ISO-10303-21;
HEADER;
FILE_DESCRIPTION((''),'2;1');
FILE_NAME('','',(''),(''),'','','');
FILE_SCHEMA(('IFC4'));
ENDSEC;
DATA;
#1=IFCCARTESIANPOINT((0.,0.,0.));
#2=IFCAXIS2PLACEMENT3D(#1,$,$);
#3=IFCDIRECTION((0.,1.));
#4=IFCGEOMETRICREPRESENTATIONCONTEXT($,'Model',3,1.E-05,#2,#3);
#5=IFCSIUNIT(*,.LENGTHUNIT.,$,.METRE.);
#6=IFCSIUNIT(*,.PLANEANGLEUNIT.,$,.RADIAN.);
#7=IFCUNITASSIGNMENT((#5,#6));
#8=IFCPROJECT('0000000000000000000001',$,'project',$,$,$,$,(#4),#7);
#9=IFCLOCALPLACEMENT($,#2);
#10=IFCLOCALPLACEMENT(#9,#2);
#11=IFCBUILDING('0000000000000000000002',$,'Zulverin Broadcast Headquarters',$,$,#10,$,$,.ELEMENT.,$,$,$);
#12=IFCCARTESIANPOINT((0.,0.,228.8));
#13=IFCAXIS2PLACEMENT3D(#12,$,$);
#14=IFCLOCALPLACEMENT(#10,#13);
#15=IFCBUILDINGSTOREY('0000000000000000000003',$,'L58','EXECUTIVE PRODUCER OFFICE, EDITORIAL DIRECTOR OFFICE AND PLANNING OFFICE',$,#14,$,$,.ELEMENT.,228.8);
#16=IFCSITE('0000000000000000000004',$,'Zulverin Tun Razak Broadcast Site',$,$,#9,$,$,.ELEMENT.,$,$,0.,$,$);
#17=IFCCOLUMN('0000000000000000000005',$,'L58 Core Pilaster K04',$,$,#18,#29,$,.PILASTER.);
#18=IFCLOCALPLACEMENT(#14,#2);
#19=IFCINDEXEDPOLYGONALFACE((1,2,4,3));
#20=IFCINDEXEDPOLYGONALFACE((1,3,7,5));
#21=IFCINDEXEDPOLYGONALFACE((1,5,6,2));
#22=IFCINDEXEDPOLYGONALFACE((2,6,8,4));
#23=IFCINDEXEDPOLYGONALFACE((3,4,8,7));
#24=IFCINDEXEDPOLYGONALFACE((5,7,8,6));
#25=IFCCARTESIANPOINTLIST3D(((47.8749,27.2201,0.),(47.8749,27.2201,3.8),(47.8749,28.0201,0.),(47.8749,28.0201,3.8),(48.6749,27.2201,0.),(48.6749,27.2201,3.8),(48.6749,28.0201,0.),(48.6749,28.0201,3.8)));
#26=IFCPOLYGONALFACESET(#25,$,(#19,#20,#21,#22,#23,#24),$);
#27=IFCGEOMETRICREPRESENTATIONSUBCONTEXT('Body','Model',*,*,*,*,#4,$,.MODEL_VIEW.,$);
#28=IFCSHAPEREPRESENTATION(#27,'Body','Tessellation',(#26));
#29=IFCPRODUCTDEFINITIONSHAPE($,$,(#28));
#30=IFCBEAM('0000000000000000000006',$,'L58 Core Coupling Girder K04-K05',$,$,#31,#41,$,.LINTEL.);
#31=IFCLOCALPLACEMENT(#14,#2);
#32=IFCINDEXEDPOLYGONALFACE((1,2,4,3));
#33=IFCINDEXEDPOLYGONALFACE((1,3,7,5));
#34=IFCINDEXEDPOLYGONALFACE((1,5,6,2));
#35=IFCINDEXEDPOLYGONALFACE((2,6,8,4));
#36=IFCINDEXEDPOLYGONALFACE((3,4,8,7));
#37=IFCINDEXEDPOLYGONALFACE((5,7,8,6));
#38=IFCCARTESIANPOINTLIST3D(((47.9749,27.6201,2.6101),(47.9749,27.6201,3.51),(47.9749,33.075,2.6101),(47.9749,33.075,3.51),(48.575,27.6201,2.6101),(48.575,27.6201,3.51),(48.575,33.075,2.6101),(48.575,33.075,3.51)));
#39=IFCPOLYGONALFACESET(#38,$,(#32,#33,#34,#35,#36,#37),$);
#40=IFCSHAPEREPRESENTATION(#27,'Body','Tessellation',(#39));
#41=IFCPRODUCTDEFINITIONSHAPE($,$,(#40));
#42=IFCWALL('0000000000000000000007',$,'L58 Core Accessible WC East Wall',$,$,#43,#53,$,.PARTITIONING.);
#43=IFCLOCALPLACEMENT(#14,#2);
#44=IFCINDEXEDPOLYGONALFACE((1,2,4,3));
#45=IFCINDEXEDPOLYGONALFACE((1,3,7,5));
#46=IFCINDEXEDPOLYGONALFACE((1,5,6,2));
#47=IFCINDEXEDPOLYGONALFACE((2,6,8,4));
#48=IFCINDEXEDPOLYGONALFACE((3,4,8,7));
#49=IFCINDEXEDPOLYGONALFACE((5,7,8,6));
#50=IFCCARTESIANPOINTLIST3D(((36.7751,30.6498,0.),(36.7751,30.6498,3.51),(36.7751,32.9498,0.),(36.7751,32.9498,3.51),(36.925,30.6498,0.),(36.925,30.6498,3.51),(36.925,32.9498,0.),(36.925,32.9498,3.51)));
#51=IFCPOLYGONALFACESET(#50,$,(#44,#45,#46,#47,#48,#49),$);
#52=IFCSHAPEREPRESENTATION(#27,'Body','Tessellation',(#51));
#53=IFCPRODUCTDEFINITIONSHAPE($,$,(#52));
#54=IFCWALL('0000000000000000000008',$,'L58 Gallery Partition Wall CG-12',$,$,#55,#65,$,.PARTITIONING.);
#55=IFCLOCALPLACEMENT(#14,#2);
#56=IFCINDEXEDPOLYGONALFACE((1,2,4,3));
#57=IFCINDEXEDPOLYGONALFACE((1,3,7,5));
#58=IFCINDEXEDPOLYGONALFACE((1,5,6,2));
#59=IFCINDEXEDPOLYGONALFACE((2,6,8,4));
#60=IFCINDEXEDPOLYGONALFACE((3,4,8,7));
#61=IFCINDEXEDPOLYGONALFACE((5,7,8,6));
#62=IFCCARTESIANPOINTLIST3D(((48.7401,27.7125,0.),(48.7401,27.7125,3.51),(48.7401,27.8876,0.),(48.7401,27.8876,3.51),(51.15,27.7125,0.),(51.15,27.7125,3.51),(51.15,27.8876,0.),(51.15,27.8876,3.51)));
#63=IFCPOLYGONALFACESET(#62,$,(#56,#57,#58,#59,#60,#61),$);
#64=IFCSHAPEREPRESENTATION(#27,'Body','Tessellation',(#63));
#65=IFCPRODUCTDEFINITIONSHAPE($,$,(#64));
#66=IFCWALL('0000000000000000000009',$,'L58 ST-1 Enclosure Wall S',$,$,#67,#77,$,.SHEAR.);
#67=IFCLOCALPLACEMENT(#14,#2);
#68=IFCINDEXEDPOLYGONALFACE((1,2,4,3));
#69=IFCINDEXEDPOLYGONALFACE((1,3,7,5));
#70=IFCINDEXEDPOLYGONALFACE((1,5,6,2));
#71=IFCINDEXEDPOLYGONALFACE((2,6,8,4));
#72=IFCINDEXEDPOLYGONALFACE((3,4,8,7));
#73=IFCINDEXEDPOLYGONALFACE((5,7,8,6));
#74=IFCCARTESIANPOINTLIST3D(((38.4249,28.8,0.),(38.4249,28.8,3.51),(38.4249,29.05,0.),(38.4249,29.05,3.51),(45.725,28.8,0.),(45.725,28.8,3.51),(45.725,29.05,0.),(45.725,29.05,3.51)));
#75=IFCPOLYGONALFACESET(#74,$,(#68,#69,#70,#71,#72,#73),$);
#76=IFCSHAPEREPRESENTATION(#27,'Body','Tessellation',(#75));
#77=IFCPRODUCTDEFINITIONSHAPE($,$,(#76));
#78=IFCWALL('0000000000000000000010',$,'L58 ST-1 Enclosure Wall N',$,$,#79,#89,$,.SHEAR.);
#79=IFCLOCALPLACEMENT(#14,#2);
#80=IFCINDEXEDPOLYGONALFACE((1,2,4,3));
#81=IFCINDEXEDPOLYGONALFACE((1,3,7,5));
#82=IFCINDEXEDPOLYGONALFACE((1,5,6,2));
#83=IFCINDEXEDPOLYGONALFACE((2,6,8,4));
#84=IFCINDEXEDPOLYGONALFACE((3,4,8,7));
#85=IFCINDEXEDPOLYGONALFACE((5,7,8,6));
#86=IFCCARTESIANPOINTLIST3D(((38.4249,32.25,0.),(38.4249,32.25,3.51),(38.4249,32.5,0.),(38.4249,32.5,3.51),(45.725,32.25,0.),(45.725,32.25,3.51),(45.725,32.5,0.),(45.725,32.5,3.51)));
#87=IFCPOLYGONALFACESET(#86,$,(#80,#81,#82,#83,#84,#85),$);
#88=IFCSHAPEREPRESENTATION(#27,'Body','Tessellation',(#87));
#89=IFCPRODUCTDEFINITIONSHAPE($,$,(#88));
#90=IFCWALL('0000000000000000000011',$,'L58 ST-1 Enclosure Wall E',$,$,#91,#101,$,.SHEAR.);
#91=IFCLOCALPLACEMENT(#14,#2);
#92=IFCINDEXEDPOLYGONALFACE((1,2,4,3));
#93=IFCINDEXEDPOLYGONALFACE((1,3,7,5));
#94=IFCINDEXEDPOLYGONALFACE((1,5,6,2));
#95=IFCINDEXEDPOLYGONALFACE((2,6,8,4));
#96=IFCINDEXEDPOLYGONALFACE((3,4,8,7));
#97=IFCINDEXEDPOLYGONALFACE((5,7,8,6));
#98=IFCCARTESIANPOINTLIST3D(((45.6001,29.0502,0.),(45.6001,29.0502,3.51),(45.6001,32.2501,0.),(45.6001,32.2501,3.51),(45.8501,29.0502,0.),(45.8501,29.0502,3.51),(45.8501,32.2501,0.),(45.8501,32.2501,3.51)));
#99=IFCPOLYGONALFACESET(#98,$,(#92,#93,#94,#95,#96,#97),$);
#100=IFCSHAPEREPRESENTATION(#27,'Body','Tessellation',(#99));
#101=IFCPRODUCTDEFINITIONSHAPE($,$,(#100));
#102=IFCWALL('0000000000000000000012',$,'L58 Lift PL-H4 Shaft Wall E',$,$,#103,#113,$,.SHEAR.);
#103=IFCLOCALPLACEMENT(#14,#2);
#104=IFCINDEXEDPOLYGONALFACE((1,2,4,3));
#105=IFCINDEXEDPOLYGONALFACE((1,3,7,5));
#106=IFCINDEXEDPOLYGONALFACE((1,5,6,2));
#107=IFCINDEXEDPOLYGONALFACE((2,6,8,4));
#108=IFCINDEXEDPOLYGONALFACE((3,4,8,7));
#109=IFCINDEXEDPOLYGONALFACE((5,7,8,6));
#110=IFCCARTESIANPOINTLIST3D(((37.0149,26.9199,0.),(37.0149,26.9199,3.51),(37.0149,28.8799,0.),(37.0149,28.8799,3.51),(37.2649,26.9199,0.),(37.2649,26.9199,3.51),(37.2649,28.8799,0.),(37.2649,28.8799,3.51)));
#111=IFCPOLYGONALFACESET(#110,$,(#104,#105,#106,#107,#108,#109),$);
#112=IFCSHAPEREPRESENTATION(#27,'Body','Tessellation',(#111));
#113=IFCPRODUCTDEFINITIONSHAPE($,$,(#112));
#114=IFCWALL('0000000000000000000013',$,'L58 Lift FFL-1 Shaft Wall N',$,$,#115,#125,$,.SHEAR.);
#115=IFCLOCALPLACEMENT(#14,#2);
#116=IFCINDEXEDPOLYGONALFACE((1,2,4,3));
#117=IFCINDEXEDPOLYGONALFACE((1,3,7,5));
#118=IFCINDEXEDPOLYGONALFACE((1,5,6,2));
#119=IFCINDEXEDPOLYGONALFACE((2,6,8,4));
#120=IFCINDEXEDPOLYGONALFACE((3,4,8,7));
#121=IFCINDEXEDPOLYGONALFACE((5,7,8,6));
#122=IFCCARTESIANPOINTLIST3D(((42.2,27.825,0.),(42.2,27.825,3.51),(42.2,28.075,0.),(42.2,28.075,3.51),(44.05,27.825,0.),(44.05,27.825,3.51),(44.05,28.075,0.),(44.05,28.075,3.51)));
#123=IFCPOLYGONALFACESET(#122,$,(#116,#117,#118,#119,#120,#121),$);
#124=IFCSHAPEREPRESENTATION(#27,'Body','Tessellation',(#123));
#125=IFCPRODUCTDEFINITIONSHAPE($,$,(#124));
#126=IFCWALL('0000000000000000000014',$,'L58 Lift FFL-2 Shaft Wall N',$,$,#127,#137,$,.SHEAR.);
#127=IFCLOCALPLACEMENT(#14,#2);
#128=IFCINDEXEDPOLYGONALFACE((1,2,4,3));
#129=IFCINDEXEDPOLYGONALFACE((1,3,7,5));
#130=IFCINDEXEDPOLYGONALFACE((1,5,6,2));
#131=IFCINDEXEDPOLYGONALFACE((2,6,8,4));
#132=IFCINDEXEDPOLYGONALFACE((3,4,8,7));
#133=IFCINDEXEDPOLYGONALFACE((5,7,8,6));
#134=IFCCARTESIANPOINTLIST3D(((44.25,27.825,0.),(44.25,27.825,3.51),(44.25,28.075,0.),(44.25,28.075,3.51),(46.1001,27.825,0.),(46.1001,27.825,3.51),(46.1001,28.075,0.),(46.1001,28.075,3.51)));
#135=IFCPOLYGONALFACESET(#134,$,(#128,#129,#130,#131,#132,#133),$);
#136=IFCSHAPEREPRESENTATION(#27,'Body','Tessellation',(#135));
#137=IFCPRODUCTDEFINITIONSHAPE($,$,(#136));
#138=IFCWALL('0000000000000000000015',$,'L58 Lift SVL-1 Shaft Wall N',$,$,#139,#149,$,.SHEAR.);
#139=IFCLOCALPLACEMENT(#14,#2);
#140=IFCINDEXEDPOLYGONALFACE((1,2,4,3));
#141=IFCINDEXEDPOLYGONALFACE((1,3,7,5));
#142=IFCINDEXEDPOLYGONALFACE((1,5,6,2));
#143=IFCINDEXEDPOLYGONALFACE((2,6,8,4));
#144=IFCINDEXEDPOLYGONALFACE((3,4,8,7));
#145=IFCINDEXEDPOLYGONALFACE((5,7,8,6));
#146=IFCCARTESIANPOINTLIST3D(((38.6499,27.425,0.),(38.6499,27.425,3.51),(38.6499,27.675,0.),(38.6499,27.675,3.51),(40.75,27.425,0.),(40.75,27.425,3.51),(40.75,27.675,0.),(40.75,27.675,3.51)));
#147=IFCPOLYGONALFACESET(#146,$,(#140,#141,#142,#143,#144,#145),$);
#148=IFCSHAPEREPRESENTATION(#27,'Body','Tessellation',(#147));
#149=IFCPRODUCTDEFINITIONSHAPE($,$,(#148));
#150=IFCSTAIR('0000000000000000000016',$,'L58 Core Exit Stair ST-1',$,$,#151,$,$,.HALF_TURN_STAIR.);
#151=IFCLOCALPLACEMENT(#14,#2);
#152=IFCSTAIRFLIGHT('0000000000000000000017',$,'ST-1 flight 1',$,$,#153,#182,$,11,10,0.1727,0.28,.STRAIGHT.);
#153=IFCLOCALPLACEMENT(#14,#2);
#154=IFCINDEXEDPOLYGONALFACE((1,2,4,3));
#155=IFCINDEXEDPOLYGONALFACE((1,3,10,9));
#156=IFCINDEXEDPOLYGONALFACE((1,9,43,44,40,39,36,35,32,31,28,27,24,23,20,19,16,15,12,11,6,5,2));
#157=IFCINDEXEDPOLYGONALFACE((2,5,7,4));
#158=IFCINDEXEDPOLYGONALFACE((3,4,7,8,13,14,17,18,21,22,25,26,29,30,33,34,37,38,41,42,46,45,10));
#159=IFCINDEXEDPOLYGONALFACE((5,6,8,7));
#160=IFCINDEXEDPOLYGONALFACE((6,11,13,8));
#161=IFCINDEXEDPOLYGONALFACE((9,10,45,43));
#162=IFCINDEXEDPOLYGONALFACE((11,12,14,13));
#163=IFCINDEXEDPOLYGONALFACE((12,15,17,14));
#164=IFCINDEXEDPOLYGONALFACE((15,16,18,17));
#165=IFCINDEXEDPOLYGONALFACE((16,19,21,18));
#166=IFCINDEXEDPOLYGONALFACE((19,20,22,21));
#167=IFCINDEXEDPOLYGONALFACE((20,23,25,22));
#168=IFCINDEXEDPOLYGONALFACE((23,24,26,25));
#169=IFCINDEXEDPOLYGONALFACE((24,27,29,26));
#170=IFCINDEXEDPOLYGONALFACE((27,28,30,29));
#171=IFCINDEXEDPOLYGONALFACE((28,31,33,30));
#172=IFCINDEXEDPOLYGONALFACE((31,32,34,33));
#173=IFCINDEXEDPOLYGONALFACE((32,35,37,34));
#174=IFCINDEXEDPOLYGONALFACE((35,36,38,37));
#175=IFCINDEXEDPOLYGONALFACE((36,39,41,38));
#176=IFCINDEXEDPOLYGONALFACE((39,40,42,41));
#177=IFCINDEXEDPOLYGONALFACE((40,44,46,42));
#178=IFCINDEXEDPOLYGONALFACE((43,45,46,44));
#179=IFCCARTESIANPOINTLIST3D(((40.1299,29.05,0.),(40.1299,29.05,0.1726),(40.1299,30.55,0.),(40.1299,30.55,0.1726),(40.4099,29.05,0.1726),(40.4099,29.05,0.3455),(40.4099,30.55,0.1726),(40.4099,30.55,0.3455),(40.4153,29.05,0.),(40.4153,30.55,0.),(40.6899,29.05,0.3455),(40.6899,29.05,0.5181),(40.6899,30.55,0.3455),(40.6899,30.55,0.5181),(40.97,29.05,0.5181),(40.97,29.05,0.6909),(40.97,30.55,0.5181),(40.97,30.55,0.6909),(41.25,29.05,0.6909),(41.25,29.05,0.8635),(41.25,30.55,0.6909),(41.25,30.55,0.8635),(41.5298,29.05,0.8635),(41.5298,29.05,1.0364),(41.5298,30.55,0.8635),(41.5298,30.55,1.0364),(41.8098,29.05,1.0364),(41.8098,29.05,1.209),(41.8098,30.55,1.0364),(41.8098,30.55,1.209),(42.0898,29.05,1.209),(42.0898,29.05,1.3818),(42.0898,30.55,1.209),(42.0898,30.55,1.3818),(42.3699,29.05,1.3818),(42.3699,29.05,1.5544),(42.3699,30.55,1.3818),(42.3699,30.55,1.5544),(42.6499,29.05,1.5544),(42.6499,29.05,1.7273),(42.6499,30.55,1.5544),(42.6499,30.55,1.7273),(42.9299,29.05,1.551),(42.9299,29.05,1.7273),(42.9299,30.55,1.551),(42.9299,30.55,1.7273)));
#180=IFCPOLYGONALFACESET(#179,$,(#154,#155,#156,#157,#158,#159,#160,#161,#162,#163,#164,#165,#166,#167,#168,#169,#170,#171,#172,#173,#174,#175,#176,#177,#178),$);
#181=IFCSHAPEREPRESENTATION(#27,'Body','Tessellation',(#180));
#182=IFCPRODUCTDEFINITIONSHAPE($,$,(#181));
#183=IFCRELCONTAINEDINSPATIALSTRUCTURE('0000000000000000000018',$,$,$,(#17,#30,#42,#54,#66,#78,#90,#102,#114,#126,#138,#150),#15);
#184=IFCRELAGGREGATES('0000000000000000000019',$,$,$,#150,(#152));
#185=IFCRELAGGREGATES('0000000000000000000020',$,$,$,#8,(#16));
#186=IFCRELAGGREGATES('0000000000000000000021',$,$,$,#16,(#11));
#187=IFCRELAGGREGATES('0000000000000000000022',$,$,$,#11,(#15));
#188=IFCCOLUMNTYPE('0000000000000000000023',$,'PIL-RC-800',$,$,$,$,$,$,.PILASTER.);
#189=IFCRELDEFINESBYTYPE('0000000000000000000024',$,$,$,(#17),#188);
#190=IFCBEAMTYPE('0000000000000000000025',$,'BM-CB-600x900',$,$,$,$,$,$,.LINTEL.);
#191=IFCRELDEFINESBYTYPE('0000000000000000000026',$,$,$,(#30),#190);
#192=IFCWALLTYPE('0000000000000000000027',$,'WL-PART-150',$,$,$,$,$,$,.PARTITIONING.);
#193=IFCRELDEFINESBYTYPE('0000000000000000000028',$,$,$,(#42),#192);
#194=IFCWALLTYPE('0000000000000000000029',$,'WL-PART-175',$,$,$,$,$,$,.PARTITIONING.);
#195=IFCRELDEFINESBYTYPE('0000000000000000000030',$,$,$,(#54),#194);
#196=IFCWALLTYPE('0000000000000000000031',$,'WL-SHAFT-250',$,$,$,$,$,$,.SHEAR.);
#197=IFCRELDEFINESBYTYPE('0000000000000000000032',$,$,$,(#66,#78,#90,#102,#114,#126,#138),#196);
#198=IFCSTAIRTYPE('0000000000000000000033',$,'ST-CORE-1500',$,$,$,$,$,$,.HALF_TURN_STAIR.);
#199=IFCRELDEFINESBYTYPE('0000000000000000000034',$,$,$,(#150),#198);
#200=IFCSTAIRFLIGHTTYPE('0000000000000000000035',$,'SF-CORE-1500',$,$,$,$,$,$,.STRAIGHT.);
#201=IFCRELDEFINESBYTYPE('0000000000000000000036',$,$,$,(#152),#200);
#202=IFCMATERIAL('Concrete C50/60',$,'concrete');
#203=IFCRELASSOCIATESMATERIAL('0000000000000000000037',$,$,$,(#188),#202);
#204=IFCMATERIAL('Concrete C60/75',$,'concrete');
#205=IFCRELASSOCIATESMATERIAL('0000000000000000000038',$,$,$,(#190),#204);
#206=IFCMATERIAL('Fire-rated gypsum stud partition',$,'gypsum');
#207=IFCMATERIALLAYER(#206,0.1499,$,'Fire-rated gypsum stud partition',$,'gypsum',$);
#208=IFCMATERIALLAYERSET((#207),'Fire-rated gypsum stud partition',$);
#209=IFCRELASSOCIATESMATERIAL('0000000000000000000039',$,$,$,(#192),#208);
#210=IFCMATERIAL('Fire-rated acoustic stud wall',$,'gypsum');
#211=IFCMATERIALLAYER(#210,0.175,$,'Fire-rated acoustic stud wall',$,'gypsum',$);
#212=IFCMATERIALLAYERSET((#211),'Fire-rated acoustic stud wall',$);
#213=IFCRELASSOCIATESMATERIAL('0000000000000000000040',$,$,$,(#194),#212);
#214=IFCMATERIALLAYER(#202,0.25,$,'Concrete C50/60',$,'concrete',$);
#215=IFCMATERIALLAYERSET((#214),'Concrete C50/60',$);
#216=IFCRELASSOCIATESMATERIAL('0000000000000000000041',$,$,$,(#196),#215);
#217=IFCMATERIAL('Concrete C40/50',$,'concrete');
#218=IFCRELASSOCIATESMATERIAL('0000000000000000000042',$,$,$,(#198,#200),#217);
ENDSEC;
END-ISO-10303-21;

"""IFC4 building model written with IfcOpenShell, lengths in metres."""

from ifc_helpers import new_model, si_unit, direction, frame, frame_2d, origin, origin_2d, place, context, subcontext, project, spatial, polyline, rectangle, outline, extrude, material, layer, layer_set, material_profile, profile_set, type_object, element, aggregate, save


model = new_model("IFC4")

# Units and contexts
model_context = context("Model", 3, precision=1e-05, world=origin(), true_north=direction((0.0, 1.0)))
body_context = subcontext(model_context, "Body", "Model", "MODEL_VIEW")
ifc_project = project(units=[si_unit("LENGTHUNIT", "METRE"), si_unit("PLANEANGLEUNIT", "RADIAN")], contexts=[model_context])

# Site, building, storey
site_placement = place(None, origin())
site = spatial("IfcSite", under=ifc_project, at=site_placement, Name="Zulverin Tun Razak Broadcast Site", CompositionType="ELEMENT", RefElevation=0.0)
building_placement = place(site_placement, origin())
building = spatial("IfcBuilding", under=site, at=building_placement, Name="Zulverin Broadcast Headquarters", CompositionType="ELEMENT")
storey_placement = place(building_placement, frame((0.0, 0.0, 228.8)))
storey = spatial("IfcBuildingStorey", under=building, at=storey_placement, Name="L58", Description="EXECUTIVE PRODUCER OFFICE, EDITORIAL DIRECTOR OFFICE AND PLANNING OFFICE", CompositionType="ELEMENT", Elevation=228.8)

# Column
ifc_material_1 = material(Name="Concrete C50/60", Category="concrete")
ifc_material_profile_1 = material_profile(ifc_material_1, rectangle(XDim=0.8, YDim=0.8, at=origin_2d()), Name="Concrete C50/60", Category="concrete")
ifc_profile_set_1 = profile_set([ifc_material_profile_1], Name="Concrete C50/60")
column_type = type_object("IfcColumnType", Name="PIL-RC-800", PredefinedType="PILASTER", material=ifc_profile_set_1)
column_placement = place(storey_placement, frame((48.2749, 27.6201, 0.0), z_axis=(0.0, 0.0, 1.0), x_axis=(1.0, 0.0, 0.0)))
element("IfcColumn", 1, at=column_placement, inside=storey, type_object=column_type, Name="L58 Core Pilaster K04", PredefinedType="PILASTER", context=body_context, shape_type="SweptSolid", body=[
    extrude(rectangle(XDim=0.8, YDim=0.8, at=origin_2d()), origin(), (0.0, 0.0, 1.0), 3.8),
])

# Beam
ifc_material_2 = material(Name="Concrete C60/75", Category="concrete")
ifc_material_profile_2 = material_profile(ifc_material_2, rectangle(XDim=0.6001, YDim=0.8999, at=origin_2d()), Name="Concrete C60/75", Category="concrete")
ifc_profile_set_2 = profile_set([ifc_material_profile_2], Name="Concrete C60/75")
beam_type = type_object("IfcBeamType", Name="BM-CB-600x900", PredefinedType="LINTEL", material=ifc_profile_set_2)
beam_placement = place(storey_placement, frame((48.2749, 27.6201, 3.0601), z_axis=(0.0, 1.0, 0.0), x_axis=(-1.0, 0.0, 0.0)))
element("IfcBeam", 2, at=beam_placement, inside=storey, type_object=beam_type, Name="L58 Core Coupling Girder K04-K05", PredefinedType="LINTEL", context=body_context, shape_type="SweptSolid", body=[
    extrude(rectangle(XDim=0.6001, YDim=0.8999, at=origin_2d()), origin(), (0.0, 0.0, 1.0), 5.4548),
])

# Walls
ifc_material_3 = material(Name="Fire-rated gypsum stud partition", Category="gypsum")
ifc_layer_1 = layer(ifc_material_3, 0.1499, Name="Fire-rated gypsum stud partition", Category="gypsum")
ifc_layer_set_1 = layer_set([ifc_layer_1], Name="Fire-rated gypsum stud partition")
wall_type_1 = type_object("IfcWallType", Name="WL-PART-150", PredefinedType="PARTITIONING", material=ifc_layer_set_1)
wall_1_placement = place(storey_placement, frame((36.8501, 30.6499, 0.0), z_axis=(0.0, 0.0, 1.0), x_axis=(0.0, 1.0, 0.0)))
element("IfcWall", 3, at=wall_1_placement, inside=storey, type_object=wall_type_1, Name="L58 Core Accessible WC East Wall", PredefinedType="PARTITIONING", context=body_context, shape_type="SweptSolid", body=[
    extrude(rectangle(XDim=2.3, YDim=0.1499, at=frame_2d((1.1499, 0.0))), origin(), (0.0, 0.0, 1.0), 3.51),
])
ifc_material_4 = material(Name="Fire-rated acoustic stud wall", Category="gypsum")
ifc_layer_2 = layer(ifc_material_4, 0.175, Name="Fire-rated acoustic stud wall", Category="gypsum")
ifc_layer_set_2 = layer_set([ifc_layer_2], Name="Fire-rated acoustic stud wall")
wall_type_2 = type_object("IfcWallType", Name="WL-PART-175", PredefinedType="PARTITIONING", material=ifc_layer_set_2)
wall_2_placement = place(storey_placement, frame((48.74, 27.8, 0.0), z_axis=(0.0, 0.0, 1.0), x_axis=(1.0, 0.0, 0.0)))
element("IfcWall", 4, at=wall_2_placement, inside=storey, type_object=wall_type_2, Name="L58 Gallery Partition Wall CG-12", PredefinedType="PARTITIONING", context=body_context, shape_type="SweptSolid", body=[
    extrude(rectangle(XDim=2.4099, YDim=0.175, at=frame_2d((1.2051, 0.0))), origin(), (0.0, 0.0, 1.0), 3.51),
])
ifc_layer_3 = layer(ifc_material_1, 0.25, Name="Concrete C50/60", Category="concrete")
ifc_layer_set_3 = layer_set([ifc_layer_3], Name="Concrete C50/60")
wall_type_3 = type_object("IfcWallType", Name="WL-SHAFT-250", PredefinedType="SHEAR", material=ifc_layer_set_3)
for number, where, z_axis, x_axis, name in (
    (5, (38.425, 28.925, 0.0), (0.0, 0.0, 1.0), (1.0, 0.0, 0.0), "L58 ST-1 Enclosure Wall S"),
    (6, (38.425, 32.375, 0.0), (0.0, 0.0, 1.0), (1.0, 0.0, 0.0), "L58 ST-1 Enclosure Wall N"),
):
    element("IfcWall", number, at=place(storey_placement, frame(where, z_axis=z_axis, x_axis=x_axis)), inside=storey, type_object=wall_type_3, Name=name, PredefinedType="SHEAR", context=body_context, shape_type="SweptSolid", body=[
        extrude(rectangle(XDim=7.3, YDim=0.25, at=frame_2d((3.6499, 0.0))), origin(), (0.0, 0.0, 1.0), 3.51),
    ])

# Walls
wall_3_placement = place(storey_placement, frame((45.7251, 29.05, 0.0), z_axis=(0.0, 0.0, 1.0), x_axis=(0.0, 1.0, 0.0)))
element("IfcWall", 7, at=wall_3_placement, inside=storey, type_object=wall_type_3, Name="L58 ST-1 Enclosure Wall E", PredefinedType="SHEAR", context=body_context, shape_type="SweptSolid", body=[
    extrude(rectangle(XDim=3.2, YDim=0.25, at=frame_2d((1.6001, 0.0))), origin(), (0.0, 0.0, 1.0), 3.51),
])
wall_4_placement = place(storey_placement, frame((37.1399, 26.9199, 0.0), z_axis=(0.0, 0.0, 1.0), x_axis=(0.0, 1.0, 0.0)))
element("IfcWall", 8, at=wall_4_placement, inside=storey, type_object=wall_type_3, Name="L58 Lift PL-H4 Shaft Wall E", PredefinedType="SHEAR", context=body_context, shape_type="SweptSolid", body=[
    extrude(rectangle(XDim=1.96, YDim=0.25, at=frame_2d((0.98, 0.0))), origin(), (0.0, 0.0, 1.0), 3.51),
])
for number, where, z_axis, x_axis, name in (
    (9, (42.2, 27.95, 0.0), (0.0, 0.0, 1.0), (1.0, 0.0, 0.0), "L58 Lift FFL-1 Shaft Wall N"),
    (10, (44.25, 27.95, 0.0), (0.0, 0.0, 1.0), (1.0, 0.0, 0.0), "L58 Lift FFL-2 Shaft Wall N"),
):
    element("IfcWall", number, at=place(storey_placement, frame(where, z_axis=z_axis, x_axis=x_axis)), inside=storey, type_object=wall_type_3, Name=name, PredefinedType="SHEAR", context=body_context, shape_type="SweptSolid", body=[
        extrude(rectangle(XDim=1.8501, YDim=0.25, at=frame_2d((0.925, 0.0))), origin(), (0.0, 0.0, 1.0), 3.51),
    ])
wall_5_placement = place(storey_placement, frame((38.6499, 27.55, 0.0), z_axis=(0.0, 0.0, 1.0), x_axis=(1.0, 0.0, 0.0)))
element("IfcWall", 11, at=wall_5_placement, inside=storey, type_object=wall_type_3, Name="L58 Lift SVL-1 Shaft Wall N", PredefinedType="SHEAR", context=body_context, shape_type="SweptSolid", body=[
    extrude(rectangle(XDim=2.1001, YDim=0.25, at=frame_2d((1.05, 0.0))), origin(), (0.0, 0.0, 1.0), 3.51),
])

# Stair, stair flight
ifc_material_5 = material(Name="Concrete C40/50", Category="concrete")
stair_type = type_object("IfcStairType", Name="ST-CORE-1500", PredefinedType="HALF_TURN_STAIR", material=ifc_material_5)
stair_placement = place(storey_placement, origin())
stair = element("IfcStair", 12, at=stair_placement, inside=storey, type_object=stair_type, Name="L58 Core Exit Stair ST-1", PredefinedType="HALF_TURN_STAIR")
stair_flight_type = type_object("IfcStairFlightType", Name="SF-CORE-1500", PredefinedType="STRAIGHT", material=ifc_material_5)
stair_flight_1_placement = place(storey_placement, frame((40.1299, 29.8, 0.0), z_axis=(0.0, 0.0, 1.0), x_axis=(1.0, 0.0, 0.0)))
stair_flight_1 = element("IfcStairFlight", 13, at=stair_flight_1_placement, type_object=stair_flight_type, Name="ST-1 flight 1", NumberOfRisers=11, NumberOfTreads=10, PredefinedType="STRAIGHT", RiserHeight=0.1727, TreadLength=0.28, context=body_context, shape_type="SweptSolid", body=[
    extrude(outline(polyline([(0.0, 0.0), (0.0, 0.1726), (0.28, 0.1726), (0.28, 0.3455), (0.5601, 0.3455), (0.5601, 0.5181), (0.8401, 0.5181), (0.8401, 0.6909), (1.1201, 0.6909), (1.1201, 0.8635), (1.3999, 0.8635), (1.3999, 1.0364), (1.6799, 1.0364), (1.6799, 1.209), (1.96, 1.209), (1.96, 1.3818), (2.24, 1.3818), (2.24, 1.5544), (2.52, 1.5544), (2.52, 1.7273), (2.8, 1.7273), (2.8, 1.8999), (2.8, 1.551), (0.2854, 0.0), (0.0, 0.0)])), frame((0.0, 0.75, 0.0), z_axis=(0.0, -1.0, 0.0), x_axis=(1.0, 0.0, 0.0)), (0.0, 0.0, 1.0), 1.5),
])
aggregate(stair, [stair_flight_1])

save(model, "model.ifc")
